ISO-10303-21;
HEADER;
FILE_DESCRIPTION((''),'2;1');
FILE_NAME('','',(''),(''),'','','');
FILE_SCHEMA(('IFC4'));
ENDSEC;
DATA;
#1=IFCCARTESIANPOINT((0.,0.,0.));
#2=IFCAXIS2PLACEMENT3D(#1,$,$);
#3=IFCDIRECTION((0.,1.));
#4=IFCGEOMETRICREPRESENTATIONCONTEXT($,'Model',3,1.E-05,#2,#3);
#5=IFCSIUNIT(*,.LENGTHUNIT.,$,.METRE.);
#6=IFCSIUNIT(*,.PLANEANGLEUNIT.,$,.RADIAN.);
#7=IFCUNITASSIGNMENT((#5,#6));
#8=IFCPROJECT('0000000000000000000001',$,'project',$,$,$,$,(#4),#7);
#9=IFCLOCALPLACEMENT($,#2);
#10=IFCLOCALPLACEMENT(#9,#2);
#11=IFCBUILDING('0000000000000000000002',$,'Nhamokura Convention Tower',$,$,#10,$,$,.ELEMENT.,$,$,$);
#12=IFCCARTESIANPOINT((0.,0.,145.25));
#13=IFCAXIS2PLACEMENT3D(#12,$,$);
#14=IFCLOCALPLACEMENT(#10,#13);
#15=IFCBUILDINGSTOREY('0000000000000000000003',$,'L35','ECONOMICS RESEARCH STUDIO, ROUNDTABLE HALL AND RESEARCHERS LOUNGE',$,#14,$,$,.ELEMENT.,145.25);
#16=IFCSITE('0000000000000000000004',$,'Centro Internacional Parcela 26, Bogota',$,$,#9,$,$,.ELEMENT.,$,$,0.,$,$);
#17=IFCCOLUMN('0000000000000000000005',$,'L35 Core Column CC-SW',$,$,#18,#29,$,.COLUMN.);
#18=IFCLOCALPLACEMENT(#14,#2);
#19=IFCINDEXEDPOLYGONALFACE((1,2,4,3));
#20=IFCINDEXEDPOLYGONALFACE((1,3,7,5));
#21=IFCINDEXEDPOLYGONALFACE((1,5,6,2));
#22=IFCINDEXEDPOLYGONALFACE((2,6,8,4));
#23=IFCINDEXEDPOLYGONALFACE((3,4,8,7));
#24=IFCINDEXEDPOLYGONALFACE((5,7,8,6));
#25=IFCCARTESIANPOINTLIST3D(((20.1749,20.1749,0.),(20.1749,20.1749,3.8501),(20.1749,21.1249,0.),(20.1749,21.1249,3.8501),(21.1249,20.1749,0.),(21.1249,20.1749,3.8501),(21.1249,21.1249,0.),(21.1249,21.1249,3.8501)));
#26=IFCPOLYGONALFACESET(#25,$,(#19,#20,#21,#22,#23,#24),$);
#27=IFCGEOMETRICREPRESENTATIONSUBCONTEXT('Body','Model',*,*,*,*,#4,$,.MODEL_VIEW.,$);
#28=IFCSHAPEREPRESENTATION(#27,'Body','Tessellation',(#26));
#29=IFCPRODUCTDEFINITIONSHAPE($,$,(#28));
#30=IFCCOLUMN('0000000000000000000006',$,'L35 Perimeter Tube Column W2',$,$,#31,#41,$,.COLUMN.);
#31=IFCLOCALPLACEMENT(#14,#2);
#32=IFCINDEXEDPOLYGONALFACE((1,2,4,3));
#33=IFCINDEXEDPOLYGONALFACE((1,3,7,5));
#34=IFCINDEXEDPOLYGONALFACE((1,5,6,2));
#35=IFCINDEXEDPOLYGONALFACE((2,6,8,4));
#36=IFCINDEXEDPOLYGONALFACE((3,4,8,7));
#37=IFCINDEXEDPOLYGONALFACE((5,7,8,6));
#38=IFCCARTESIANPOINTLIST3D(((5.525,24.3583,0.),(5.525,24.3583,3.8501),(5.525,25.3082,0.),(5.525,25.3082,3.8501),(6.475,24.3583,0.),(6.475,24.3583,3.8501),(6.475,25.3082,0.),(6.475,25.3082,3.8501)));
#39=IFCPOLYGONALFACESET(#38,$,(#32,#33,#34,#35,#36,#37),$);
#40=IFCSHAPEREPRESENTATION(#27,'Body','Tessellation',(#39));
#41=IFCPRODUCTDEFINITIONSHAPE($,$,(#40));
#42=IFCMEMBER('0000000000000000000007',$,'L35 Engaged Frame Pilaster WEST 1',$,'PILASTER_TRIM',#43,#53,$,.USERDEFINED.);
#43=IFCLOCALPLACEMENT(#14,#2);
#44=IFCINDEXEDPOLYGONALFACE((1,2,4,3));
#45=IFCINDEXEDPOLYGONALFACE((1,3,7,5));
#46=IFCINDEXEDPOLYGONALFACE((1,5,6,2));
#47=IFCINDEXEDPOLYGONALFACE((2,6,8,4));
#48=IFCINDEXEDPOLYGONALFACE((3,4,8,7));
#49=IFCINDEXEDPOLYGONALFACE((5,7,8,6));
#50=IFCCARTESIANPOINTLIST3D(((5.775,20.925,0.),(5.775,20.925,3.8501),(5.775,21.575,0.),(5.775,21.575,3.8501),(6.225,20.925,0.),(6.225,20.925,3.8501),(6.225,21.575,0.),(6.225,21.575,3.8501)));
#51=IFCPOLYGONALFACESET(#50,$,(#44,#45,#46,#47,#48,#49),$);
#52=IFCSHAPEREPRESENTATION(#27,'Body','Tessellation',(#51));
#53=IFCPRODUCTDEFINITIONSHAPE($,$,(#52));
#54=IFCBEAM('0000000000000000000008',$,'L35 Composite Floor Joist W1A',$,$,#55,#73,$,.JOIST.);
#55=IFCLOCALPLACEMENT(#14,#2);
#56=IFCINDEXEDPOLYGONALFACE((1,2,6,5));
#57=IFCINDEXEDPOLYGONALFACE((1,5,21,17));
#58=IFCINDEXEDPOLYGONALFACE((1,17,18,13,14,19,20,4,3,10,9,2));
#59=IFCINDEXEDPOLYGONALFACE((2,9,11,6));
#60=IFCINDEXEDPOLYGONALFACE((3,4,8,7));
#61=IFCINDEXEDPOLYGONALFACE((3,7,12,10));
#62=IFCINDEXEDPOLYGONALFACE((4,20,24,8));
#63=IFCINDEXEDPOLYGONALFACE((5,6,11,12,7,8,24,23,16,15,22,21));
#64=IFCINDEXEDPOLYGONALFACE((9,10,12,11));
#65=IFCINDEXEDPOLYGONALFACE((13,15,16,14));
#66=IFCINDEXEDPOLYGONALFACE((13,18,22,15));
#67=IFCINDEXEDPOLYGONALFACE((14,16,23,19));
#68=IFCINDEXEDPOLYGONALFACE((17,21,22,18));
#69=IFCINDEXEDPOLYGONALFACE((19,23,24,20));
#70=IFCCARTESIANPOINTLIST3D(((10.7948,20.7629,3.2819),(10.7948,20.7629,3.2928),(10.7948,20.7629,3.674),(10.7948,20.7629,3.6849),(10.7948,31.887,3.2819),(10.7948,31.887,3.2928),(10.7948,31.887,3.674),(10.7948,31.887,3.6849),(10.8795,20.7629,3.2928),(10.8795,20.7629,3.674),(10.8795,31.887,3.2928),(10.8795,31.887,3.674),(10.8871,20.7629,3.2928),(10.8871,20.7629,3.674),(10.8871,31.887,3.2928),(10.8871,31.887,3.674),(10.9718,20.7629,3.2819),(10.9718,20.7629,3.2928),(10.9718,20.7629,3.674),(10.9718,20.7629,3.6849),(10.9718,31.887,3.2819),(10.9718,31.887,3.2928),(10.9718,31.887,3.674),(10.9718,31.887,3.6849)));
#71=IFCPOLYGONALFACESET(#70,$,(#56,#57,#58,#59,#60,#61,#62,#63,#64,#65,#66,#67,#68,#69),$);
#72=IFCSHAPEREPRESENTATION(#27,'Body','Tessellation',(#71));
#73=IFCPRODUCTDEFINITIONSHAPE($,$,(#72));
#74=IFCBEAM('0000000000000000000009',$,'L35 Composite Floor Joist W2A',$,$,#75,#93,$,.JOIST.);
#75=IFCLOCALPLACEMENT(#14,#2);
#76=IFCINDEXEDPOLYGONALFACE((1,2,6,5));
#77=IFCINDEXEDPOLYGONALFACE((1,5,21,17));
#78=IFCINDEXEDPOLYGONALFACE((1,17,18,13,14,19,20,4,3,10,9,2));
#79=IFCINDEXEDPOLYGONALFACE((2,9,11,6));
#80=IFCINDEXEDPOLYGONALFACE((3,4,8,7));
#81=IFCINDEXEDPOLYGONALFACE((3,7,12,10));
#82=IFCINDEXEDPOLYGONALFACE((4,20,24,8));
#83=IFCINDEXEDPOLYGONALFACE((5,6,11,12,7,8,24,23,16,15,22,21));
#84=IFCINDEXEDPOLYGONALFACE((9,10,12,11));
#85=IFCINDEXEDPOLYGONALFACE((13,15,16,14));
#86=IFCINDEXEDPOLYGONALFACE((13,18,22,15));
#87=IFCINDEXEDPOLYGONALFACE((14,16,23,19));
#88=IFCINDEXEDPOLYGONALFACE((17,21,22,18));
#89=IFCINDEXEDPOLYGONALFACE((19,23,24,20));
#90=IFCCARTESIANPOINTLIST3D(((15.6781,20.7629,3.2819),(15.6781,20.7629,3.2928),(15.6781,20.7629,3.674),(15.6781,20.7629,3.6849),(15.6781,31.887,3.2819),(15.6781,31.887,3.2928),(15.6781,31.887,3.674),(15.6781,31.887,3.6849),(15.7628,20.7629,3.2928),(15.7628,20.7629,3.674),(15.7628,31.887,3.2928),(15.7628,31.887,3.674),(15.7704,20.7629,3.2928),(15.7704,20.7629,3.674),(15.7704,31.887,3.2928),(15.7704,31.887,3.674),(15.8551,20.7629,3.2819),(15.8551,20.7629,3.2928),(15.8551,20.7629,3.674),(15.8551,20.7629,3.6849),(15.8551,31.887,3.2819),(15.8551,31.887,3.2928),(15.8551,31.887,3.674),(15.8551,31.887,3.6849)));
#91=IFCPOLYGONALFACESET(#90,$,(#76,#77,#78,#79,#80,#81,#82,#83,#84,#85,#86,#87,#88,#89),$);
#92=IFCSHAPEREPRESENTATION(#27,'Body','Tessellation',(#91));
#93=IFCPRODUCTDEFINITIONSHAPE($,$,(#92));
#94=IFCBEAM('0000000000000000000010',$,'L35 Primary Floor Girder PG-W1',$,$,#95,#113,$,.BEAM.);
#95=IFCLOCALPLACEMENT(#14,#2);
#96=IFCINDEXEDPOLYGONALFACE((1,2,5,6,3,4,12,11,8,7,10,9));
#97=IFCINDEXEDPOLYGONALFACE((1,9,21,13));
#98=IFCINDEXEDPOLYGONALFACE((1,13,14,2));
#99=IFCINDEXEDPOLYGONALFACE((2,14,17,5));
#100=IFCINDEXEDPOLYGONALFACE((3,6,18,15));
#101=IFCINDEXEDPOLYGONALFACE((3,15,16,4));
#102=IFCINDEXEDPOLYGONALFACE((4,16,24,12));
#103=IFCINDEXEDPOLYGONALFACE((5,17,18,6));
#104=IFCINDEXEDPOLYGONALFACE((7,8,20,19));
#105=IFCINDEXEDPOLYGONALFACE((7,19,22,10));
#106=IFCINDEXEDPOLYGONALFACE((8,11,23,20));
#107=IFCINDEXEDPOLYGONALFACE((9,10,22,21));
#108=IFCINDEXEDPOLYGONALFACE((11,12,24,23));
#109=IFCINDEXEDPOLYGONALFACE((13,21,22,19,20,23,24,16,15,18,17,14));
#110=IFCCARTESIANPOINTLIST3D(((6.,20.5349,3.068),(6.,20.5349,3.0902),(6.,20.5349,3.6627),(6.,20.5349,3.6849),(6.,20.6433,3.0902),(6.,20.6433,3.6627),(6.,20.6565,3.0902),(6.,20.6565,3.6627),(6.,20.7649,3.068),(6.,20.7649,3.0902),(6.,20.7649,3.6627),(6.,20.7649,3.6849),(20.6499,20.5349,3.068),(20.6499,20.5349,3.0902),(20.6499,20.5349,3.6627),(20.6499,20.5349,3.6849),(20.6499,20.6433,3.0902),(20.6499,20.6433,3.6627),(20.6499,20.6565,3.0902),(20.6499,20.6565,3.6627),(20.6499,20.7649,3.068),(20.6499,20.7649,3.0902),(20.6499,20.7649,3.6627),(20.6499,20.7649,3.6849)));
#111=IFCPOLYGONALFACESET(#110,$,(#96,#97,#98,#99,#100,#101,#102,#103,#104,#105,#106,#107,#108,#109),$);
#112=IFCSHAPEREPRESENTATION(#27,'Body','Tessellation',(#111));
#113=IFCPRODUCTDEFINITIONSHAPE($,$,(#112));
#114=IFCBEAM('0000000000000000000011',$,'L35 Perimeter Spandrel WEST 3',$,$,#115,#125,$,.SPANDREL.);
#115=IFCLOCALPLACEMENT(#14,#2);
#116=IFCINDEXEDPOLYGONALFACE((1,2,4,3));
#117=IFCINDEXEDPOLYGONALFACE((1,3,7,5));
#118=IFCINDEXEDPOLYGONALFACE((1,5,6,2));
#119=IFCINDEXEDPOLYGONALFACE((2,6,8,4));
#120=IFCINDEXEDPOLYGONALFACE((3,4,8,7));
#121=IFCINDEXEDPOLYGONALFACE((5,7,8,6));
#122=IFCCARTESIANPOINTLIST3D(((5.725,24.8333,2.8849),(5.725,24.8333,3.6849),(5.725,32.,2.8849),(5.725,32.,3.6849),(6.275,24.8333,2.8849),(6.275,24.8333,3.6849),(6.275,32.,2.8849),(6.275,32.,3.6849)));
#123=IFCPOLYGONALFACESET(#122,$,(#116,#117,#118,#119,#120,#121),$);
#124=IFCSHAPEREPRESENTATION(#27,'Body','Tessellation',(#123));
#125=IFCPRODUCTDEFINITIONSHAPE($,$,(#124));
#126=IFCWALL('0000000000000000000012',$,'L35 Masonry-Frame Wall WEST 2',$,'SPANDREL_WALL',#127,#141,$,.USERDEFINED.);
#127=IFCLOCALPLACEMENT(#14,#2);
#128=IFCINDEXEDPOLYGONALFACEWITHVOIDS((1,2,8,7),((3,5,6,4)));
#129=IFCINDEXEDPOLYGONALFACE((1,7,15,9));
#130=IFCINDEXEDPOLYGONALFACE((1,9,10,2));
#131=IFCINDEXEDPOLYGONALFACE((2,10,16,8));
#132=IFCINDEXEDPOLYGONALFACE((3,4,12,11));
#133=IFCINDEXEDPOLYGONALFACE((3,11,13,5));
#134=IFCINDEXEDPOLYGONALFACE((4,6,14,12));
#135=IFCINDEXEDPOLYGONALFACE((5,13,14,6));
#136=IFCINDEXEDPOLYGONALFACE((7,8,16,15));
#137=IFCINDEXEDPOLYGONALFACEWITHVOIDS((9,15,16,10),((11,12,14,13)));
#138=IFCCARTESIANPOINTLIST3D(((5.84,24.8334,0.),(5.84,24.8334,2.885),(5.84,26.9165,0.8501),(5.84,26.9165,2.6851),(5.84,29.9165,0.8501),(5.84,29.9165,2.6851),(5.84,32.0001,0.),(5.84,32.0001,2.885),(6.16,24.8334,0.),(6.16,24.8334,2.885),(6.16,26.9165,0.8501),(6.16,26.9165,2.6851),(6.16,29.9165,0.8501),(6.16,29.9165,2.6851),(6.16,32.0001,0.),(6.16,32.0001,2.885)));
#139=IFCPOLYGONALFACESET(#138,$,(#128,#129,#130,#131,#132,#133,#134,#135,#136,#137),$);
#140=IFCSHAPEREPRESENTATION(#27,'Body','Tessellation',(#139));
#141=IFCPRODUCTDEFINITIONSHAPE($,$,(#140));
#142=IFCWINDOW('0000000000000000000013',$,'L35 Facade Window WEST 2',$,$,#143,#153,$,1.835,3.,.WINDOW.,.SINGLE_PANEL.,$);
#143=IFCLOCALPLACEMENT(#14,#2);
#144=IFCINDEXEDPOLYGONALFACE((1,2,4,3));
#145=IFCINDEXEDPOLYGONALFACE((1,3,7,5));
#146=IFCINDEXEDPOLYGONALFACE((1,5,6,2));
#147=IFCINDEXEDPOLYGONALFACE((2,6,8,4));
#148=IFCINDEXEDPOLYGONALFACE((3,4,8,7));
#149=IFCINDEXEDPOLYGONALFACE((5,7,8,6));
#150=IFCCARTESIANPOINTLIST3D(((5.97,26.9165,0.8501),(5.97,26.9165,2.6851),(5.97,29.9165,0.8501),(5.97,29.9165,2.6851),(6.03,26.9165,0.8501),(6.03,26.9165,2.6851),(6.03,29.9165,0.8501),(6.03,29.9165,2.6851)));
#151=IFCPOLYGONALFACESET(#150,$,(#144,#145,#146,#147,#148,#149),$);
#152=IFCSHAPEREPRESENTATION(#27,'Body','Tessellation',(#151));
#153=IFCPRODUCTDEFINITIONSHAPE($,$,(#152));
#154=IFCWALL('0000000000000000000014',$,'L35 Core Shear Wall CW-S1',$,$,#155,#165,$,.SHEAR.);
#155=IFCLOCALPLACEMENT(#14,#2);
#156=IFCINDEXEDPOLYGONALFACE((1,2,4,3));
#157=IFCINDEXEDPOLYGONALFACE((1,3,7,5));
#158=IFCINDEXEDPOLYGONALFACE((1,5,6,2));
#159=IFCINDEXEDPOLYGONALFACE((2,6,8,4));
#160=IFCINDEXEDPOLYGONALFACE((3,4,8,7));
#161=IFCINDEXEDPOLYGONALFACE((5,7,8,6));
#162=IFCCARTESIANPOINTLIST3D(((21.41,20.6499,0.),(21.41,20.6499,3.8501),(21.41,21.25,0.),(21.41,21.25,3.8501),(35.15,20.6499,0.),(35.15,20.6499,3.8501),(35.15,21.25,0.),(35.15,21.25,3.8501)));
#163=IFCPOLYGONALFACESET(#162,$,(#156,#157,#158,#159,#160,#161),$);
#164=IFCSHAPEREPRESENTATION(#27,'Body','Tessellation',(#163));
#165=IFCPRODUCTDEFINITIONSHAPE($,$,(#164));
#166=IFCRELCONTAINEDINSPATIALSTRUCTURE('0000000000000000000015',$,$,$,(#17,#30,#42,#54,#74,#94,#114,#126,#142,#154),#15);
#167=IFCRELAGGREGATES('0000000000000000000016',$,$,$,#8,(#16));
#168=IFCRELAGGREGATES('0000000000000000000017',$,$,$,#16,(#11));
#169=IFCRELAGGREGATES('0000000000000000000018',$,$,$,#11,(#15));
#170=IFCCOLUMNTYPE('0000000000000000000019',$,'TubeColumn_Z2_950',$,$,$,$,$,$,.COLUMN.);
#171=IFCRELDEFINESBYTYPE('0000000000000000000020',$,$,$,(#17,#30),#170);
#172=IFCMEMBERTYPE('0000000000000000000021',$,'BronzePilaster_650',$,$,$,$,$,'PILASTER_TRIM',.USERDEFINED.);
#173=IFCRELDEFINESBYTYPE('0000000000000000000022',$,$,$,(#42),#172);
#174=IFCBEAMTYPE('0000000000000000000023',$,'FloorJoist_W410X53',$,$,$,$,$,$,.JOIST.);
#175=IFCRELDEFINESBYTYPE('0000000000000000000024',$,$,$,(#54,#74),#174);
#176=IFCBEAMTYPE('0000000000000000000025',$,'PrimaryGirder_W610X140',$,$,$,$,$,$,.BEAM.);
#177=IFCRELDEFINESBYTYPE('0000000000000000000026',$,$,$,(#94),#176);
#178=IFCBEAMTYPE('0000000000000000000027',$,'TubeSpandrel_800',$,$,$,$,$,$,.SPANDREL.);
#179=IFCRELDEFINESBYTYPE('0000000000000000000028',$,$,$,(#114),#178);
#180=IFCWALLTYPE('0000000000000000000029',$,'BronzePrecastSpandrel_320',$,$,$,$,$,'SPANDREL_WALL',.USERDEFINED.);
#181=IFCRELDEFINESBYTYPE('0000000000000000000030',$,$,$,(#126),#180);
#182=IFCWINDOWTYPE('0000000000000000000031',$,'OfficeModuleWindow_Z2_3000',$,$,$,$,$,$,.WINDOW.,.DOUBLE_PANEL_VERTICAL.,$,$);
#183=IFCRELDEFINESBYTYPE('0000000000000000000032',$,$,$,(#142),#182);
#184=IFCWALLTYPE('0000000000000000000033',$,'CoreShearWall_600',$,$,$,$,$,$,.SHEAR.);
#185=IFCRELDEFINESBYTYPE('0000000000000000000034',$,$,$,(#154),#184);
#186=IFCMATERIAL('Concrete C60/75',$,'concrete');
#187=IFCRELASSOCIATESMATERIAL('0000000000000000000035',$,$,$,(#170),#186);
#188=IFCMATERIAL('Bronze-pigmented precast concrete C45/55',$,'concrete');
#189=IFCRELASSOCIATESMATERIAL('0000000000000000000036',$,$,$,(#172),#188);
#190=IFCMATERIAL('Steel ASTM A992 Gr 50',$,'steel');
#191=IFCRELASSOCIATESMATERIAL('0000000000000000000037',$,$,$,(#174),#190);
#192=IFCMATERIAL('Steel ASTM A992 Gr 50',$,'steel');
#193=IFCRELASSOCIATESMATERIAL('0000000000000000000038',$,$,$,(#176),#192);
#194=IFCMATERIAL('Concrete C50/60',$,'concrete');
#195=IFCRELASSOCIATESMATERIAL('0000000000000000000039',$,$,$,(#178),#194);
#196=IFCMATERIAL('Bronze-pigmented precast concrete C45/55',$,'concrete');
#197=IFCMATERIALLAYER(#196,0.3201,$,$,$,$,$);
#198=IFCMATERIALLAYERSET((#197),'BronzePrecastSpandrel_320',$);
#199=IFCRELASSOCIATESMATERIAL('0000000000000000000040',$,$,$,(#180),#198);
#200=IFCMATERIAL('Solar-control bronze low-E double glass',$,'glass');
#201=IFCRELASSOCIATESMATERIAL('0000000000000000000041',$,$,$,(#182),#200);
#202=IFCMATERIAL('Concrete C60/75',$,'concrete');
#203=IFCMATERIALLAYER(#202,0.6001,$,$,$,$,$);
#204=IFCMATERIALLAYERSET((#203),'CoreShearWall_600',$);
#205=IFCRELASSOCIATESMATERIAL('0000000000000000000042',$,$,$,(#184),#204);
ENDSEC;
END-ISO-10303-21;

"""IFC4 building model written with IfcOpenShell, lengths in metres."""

from ifc_helpers import new_model, si_unit, direction, frame, frame_2d, origin, origin_2d, place, context, subcontext, project, spatial, rectangle, i_section, extrude, material, layer, layer_set, material_profile, profile_set, type_object, element, fill, save


model = new_model("IFC4")

# Units and contexts
model_context = context("Model", 3, precision=1e-05, world=origin(), true_north=direction((0.0, 1.0)))
body_context = subcontext(model_context, "Body", "Model", "MODEL_VIEW")
ifc_project = project(units=[si_unit("LENGTHUNIT", "METRE"), si_unit("PLANEANGLEUNIT", "RADIAN")], contexts=[model_context])

# Site, building, storey
site_placement = place(None, origin())
site = spatial("IfcSite", under=ifc_project, at=site_placement, Name="Centro Internacional Parcela 26, Bogota", CompositionType="ELEMENT", RefElevation=0.0)
building_placement = place(site_placement, origin())
building = spatial("IfcBuilding", under=site, at=building_placement, Name="Nhamokura Convention Tower", CompositionType="ELEMENT")
storey_placement = place(building_placement, frame((0.0, 0.0, 145.25)))
storey = spatial("IfcBuildingStorey", under=building, at=storey_placement, Name="L35", Description="ECONOMICS RESEARCH STUDIO, ROUNDTABLE HALL AND RESEARCHERS LOUNGE", CompositionType="ELEMENT", Elevation=145.25)

# Columns
ifc_material_1 = material(Name="Concrete C60/75", Category="concrete")
ifc_material_profile_1 = material_profile(ifc_material_1, rectangle(XDim=0.95, YDim=0.95, at=origin_2d()))
ifc_profile_set_1 = profile_set([ifc_material_profile_1], Name="Concrete C60/75")
column_type = type_object("IfcColumnType", Name="TubeColumn_Z2_950", PredefinedType="COLUMN", material=ifc_profile_set_1)
for number, where, z_axis, x_axis, name in (
    (1, (20.6499, 20.6499, 0.0), (0.0, 0.0, 1.0), (1.0, 0.0, 0.0), "L35 Core Column CC-SW"),
    (2, (6.0, 24.8333, 0.0), (0.0, 0.0, 1.0), (1.0, 0.0, 0.0), "L35 Perimeter Tube Column W2"),
):
    element("IfcColumn", number, at=place(storey_placement, frame(where, z_axis=z_axis, x_axis=x_axis)), inside=storey, type_object=column_type, Name=name, PredefinedType="COLUMN", context=body_context, shape_type="SweptSolid", body=[
        extrude(rectangle(XDim=0.95, YDim=0.95, at=origin_2d()), origin(), (0.0, 0.0, 1.0), 3.8501),
    ])

# Member
ifc_material_2 = material(Name="Bronze-pigmented precast concrete C45/55", Category="concrete")
ifc_material_profile_2 = material_profile(ifc_material_2, rectangle(XDim=0.45, YDim=0.6499, at=origin_2d()))
ifc_profile_set_2 = profile_set([ifc_material_profile_2], Name="Bronze-pigmented precast concrete C45/55")
member_type = type_object("IfcMemberType", Name="BronzePilaster_650", ElementType="PILASTER_TRIM", PredefinedType="USERDEFINED", material=ifc_profile_set_2)
member_placement = place(storey_placement, frame((6.0, 21.25, 0.0), z_axis=(0.0, 0.0, 1.0), x_axis=(1.0, 0.0, 0.0)))
element("IfcMember", 3, at=member_placement, inside=storey, type_object=member_type, Name="L35 Engaged Frame Pilaster WEST 1", ObjectType="PILASTER_TRIM", PredefinedType="USERDEFINED", context=body_context, shape_type="SweptSolid", body=[
    extrude(rectangle(XDim=0.45, YDim=0.6499, at=origin_2d()), origin(), (0.0, 0.0, 1.0), 3.8501),
])

# Beams
ifc_material_3 = material(Name="Steel ASTM A992 Gr 50", Category="steel")
ifc_material_profile_3 = material_profile(ifc_material_3, i_section(OverallWidth=0.177, OverallDepth=0.4031, WebThickness=0.0076, FlangeThickness=0.011, at=origin_2d()))
ifc_profile_set_3 = profile_set([ifc_material_profile_3], Name="Steel ASTM A992 Gr 50")
beam_type_1 = type_object("IfcBeamType", Name="FloorJoist_W410X53", PredefinedType="JOIST", material=ifc_profile_set_3)
for number, where, z_axis, x_axis, name in (
    (4, (10.8833, 20.7629, 3.4834), (0.0, 1.0, 0.0), (-1.0, 0.0, 0.0), "L35 Composite Floor Joist W1A"),
    (5, (15.7666, 20.7629, 3.4834), (0.0, 1.0, 0.0), (-1.0, 0.0, 0.0), "L35 Composite Floor Joist W2A"),
):
    element("IfcBeam", number, at=place(storey_placement, frame(where, z_axis=z_axis, x_axis=x_axis)), inside=storey, type_object=beam_type_1, Name=name, PredefinedType="JOIST", context=body_context, shape_type="SweptSolid", body=[
        extrude(i_section(OverallWidth=0.177, OverallDepth=0.4031, WebThickness=0.0076, FlangeThickness=0.011, at=origin_2d()), origin(), (0.0, 0.0, 1.0), 11.124),
    ])
ifc_material_4 = material(Name="Steel ASTM A992 Gr 50", Category="steel")
ifc_material_profile_4 = material_profile(ifc_material_4, i_section(OverallWidth=0.23, OverallDepth=0.6169, WebThickness=0.0132, FlangeThickness=0.0222, at=origin_2d()))
ifc_profile_set_4 = profile_set([ifc_material_profile_4], Name="Steel ASTM A992 Gr 50")
beam_type_2 = type_object("IfcBeamType", Name="PrimaryGirder_W610X140", PredefinedType="BEAM", material=ifc_profile_set_4)
beam_1_placement = place(storey_placement, frame((6.0, 20.6499, 3.3765), z_axis=(1.0, 0.0, 0.0), x_axis=(0.0, 1.0, 0.0)))
element("IfcBeam", 6, at=beam_1_placement, inside=storey, type_object=beam_type_2, Name="L35 Primary Floor Girder PG-W1", PredefinedType="BEAM", context=body_context, shape_type="SweptSolid", body=[
    extrude(i_section(OverallWidth=0.23, OverallDepth=0.6169, WebThickness=0.0132, FlangeThickness=0.0222, at=origin_2d()), origin(), (0.0, 0.0, 1.0), 14.6499),
])
ifc_material_5 = material(Name="Concrete C50/60", Category="concrete")
ifc_material_profile_5 = material_profile(ifc_material_5, rectangle(XDim=0.55, YDim=0.8, at=origin_2d()))
ifc_profile_set_5 = profile_set([ifc_material_profile_5], Name="Concrete C50/60")
beam_type_3 = type_object("IfcBeamType", Name="TubeSpandrel_800", PredefinedType="SPANDREL", material=ifc_profile_set_5)
beam_2_placement = place(storey_placement, frame((6.0, 24.8333, 3.2849), z_axis=(0.0, 1.0, 0.0), x_axis=(-1.0, 0.0, 0.0)))
element("IfcBeam", 7, at=beam_2_placement, inside=storey, type_object=beam_type_3, Name="L35 Perimeter Spandrel WEST 3", PredefinedType="SPANDREL", context=body_context, shape_type="SweptSolid", body=[
    extrude(rectangle(XDim=0.55, YDim=0.8, at=origin_2d()), origin(), (0.0, 0.0, 1.0), 7.1667),
])

# Wall, opening, window
ifc_material_6 = material(Name="Bronze-pigmented precast concrete C45/55", Category="concrete")
ifc_layer_1 = layer(ifc_material_6, 0.3201)
ifc_layer_set_1 = layer_set([ifc_layer_1], Name="BronzePrecastSpandrel_320")
wall_type_1 = type_object("IfcWallType", Name="BronzePrecastSpandrel_320", ElementType="SPANDREL_WALL", PredefinedType="USERDEFINED", material=ifc_layer_set_1)
wall_1_placement = place(storey_placement, frame((6.0, 24.8333, 0.0), z_axis=(0.0, 0.0, 1.0), x_axis=(0.0, 1.0, 0.0)))
wall_1 = element("IfcWall", 8, at=wall_1_placement, inside=storey, type_object=wall_type_1, Name="L35 Masonry-Frame Wall WEST 2", ObjectType="SPANDREL_WALL", PredefinedType="USERDEFINED", context=body_context, shape_type="SweptSolid", body=[
    extrude(rectangle(XDim=7.1667, YDim=0.3201, at=frame_2d((3.5835, 0.0))), origin(), (0.0, 0.0, 1.0), 2.885),
])
opening_1_placement = place(wall_1_placement, frame((2.0833, 0.0, 0.8501)))
opening_1 = element("IfcOpeningElement", 9, at=opening_1_placement, cuts=wall_1, PredefinedType="OPENING", context=body_context, shape_type="SweptSolid", body=[
    extrude(rectangle(XDim=3.0, YDim=1.835, at=frame_2d((1.5, 0.9175))), frame((0.0, 0.1699, 0.0), z_axis=(0.0, -1.0, 0.0), x_axis=(1.0, 0.0, 0.0)), (0.0, 0.0, 1.0), 0.3401),
])
ifc_material_7 = material(Name="Solar-control bronze low-E double glass", Category="glass")
window_type = type_object("IfcWindowType", Name="OfficeModuleWindow_Z2_3000", PartitioningType="DOUBLE_PANEL_VERTICAL", PredefinedType="WINDOW", material=ifc_material_7)
window_placement = place(opening_1_placement, origin())
window = element("IfcWindow", 10, at=window_placement, inside=storey, type_object=window_type, Name="L35 Facade Window WEST 2", OverallHeight=1.835, OverallWidth=3.0, PartitioningType="SINGLE_PANEL", PredefinedType="WINDOW", context=body_context, shape_type="SweptSolid", body=[
    extrude(rectangle(XDim=3.0, YDim=1.835, at=frame_2d((1.5, 0.9175))), frame((0.0, 0.03, 0.0), z_axis=(0.0, -1.0, 0.0), x_axis=(1.0, 0.0, 0.0)), (0.0, 0.0, 1.0), 0.0601),
])
fill(opening_1, window)

# Shared definitions
ifc_material_8 = material(Name="Concrete C60/75", Category="concrete")
ifc_layer_2 = layer(ifc_material_8, 0.6001)
ifc_layer_set_2 = layer_set([ifc_layer_2], Name="CoreShearWall_600")
wall_type_2 = type_object("IfcWallType", Name="CoreShearWall_600", PredefinedType="SHEAR", material=ifc_layer_set_2)

# Wall
wall_2_placement = place(storey_placement, frame((21.4099, 20.95, 0.0), z_axis=(0.0, 0.0, 1.0), x_axis=(1.0, 0.0, 0.0)))
element("IfcWall", 11, at=wall_2_placement, inside=storey, type_object=wall_type_2, Name="L35 Core Shear Wall CW-S1", PredefinedType="SHEAR", context=body_context, shape_type="SweptSolid", body=[
    extrude(rectangle(XDim=13.74, YDim=0.6001, at=frame_2d((6.8701, 0.0))), origin(), (0.0, 0.0, 1.0), 3.8501),
])

save(model, "model.ifc")
